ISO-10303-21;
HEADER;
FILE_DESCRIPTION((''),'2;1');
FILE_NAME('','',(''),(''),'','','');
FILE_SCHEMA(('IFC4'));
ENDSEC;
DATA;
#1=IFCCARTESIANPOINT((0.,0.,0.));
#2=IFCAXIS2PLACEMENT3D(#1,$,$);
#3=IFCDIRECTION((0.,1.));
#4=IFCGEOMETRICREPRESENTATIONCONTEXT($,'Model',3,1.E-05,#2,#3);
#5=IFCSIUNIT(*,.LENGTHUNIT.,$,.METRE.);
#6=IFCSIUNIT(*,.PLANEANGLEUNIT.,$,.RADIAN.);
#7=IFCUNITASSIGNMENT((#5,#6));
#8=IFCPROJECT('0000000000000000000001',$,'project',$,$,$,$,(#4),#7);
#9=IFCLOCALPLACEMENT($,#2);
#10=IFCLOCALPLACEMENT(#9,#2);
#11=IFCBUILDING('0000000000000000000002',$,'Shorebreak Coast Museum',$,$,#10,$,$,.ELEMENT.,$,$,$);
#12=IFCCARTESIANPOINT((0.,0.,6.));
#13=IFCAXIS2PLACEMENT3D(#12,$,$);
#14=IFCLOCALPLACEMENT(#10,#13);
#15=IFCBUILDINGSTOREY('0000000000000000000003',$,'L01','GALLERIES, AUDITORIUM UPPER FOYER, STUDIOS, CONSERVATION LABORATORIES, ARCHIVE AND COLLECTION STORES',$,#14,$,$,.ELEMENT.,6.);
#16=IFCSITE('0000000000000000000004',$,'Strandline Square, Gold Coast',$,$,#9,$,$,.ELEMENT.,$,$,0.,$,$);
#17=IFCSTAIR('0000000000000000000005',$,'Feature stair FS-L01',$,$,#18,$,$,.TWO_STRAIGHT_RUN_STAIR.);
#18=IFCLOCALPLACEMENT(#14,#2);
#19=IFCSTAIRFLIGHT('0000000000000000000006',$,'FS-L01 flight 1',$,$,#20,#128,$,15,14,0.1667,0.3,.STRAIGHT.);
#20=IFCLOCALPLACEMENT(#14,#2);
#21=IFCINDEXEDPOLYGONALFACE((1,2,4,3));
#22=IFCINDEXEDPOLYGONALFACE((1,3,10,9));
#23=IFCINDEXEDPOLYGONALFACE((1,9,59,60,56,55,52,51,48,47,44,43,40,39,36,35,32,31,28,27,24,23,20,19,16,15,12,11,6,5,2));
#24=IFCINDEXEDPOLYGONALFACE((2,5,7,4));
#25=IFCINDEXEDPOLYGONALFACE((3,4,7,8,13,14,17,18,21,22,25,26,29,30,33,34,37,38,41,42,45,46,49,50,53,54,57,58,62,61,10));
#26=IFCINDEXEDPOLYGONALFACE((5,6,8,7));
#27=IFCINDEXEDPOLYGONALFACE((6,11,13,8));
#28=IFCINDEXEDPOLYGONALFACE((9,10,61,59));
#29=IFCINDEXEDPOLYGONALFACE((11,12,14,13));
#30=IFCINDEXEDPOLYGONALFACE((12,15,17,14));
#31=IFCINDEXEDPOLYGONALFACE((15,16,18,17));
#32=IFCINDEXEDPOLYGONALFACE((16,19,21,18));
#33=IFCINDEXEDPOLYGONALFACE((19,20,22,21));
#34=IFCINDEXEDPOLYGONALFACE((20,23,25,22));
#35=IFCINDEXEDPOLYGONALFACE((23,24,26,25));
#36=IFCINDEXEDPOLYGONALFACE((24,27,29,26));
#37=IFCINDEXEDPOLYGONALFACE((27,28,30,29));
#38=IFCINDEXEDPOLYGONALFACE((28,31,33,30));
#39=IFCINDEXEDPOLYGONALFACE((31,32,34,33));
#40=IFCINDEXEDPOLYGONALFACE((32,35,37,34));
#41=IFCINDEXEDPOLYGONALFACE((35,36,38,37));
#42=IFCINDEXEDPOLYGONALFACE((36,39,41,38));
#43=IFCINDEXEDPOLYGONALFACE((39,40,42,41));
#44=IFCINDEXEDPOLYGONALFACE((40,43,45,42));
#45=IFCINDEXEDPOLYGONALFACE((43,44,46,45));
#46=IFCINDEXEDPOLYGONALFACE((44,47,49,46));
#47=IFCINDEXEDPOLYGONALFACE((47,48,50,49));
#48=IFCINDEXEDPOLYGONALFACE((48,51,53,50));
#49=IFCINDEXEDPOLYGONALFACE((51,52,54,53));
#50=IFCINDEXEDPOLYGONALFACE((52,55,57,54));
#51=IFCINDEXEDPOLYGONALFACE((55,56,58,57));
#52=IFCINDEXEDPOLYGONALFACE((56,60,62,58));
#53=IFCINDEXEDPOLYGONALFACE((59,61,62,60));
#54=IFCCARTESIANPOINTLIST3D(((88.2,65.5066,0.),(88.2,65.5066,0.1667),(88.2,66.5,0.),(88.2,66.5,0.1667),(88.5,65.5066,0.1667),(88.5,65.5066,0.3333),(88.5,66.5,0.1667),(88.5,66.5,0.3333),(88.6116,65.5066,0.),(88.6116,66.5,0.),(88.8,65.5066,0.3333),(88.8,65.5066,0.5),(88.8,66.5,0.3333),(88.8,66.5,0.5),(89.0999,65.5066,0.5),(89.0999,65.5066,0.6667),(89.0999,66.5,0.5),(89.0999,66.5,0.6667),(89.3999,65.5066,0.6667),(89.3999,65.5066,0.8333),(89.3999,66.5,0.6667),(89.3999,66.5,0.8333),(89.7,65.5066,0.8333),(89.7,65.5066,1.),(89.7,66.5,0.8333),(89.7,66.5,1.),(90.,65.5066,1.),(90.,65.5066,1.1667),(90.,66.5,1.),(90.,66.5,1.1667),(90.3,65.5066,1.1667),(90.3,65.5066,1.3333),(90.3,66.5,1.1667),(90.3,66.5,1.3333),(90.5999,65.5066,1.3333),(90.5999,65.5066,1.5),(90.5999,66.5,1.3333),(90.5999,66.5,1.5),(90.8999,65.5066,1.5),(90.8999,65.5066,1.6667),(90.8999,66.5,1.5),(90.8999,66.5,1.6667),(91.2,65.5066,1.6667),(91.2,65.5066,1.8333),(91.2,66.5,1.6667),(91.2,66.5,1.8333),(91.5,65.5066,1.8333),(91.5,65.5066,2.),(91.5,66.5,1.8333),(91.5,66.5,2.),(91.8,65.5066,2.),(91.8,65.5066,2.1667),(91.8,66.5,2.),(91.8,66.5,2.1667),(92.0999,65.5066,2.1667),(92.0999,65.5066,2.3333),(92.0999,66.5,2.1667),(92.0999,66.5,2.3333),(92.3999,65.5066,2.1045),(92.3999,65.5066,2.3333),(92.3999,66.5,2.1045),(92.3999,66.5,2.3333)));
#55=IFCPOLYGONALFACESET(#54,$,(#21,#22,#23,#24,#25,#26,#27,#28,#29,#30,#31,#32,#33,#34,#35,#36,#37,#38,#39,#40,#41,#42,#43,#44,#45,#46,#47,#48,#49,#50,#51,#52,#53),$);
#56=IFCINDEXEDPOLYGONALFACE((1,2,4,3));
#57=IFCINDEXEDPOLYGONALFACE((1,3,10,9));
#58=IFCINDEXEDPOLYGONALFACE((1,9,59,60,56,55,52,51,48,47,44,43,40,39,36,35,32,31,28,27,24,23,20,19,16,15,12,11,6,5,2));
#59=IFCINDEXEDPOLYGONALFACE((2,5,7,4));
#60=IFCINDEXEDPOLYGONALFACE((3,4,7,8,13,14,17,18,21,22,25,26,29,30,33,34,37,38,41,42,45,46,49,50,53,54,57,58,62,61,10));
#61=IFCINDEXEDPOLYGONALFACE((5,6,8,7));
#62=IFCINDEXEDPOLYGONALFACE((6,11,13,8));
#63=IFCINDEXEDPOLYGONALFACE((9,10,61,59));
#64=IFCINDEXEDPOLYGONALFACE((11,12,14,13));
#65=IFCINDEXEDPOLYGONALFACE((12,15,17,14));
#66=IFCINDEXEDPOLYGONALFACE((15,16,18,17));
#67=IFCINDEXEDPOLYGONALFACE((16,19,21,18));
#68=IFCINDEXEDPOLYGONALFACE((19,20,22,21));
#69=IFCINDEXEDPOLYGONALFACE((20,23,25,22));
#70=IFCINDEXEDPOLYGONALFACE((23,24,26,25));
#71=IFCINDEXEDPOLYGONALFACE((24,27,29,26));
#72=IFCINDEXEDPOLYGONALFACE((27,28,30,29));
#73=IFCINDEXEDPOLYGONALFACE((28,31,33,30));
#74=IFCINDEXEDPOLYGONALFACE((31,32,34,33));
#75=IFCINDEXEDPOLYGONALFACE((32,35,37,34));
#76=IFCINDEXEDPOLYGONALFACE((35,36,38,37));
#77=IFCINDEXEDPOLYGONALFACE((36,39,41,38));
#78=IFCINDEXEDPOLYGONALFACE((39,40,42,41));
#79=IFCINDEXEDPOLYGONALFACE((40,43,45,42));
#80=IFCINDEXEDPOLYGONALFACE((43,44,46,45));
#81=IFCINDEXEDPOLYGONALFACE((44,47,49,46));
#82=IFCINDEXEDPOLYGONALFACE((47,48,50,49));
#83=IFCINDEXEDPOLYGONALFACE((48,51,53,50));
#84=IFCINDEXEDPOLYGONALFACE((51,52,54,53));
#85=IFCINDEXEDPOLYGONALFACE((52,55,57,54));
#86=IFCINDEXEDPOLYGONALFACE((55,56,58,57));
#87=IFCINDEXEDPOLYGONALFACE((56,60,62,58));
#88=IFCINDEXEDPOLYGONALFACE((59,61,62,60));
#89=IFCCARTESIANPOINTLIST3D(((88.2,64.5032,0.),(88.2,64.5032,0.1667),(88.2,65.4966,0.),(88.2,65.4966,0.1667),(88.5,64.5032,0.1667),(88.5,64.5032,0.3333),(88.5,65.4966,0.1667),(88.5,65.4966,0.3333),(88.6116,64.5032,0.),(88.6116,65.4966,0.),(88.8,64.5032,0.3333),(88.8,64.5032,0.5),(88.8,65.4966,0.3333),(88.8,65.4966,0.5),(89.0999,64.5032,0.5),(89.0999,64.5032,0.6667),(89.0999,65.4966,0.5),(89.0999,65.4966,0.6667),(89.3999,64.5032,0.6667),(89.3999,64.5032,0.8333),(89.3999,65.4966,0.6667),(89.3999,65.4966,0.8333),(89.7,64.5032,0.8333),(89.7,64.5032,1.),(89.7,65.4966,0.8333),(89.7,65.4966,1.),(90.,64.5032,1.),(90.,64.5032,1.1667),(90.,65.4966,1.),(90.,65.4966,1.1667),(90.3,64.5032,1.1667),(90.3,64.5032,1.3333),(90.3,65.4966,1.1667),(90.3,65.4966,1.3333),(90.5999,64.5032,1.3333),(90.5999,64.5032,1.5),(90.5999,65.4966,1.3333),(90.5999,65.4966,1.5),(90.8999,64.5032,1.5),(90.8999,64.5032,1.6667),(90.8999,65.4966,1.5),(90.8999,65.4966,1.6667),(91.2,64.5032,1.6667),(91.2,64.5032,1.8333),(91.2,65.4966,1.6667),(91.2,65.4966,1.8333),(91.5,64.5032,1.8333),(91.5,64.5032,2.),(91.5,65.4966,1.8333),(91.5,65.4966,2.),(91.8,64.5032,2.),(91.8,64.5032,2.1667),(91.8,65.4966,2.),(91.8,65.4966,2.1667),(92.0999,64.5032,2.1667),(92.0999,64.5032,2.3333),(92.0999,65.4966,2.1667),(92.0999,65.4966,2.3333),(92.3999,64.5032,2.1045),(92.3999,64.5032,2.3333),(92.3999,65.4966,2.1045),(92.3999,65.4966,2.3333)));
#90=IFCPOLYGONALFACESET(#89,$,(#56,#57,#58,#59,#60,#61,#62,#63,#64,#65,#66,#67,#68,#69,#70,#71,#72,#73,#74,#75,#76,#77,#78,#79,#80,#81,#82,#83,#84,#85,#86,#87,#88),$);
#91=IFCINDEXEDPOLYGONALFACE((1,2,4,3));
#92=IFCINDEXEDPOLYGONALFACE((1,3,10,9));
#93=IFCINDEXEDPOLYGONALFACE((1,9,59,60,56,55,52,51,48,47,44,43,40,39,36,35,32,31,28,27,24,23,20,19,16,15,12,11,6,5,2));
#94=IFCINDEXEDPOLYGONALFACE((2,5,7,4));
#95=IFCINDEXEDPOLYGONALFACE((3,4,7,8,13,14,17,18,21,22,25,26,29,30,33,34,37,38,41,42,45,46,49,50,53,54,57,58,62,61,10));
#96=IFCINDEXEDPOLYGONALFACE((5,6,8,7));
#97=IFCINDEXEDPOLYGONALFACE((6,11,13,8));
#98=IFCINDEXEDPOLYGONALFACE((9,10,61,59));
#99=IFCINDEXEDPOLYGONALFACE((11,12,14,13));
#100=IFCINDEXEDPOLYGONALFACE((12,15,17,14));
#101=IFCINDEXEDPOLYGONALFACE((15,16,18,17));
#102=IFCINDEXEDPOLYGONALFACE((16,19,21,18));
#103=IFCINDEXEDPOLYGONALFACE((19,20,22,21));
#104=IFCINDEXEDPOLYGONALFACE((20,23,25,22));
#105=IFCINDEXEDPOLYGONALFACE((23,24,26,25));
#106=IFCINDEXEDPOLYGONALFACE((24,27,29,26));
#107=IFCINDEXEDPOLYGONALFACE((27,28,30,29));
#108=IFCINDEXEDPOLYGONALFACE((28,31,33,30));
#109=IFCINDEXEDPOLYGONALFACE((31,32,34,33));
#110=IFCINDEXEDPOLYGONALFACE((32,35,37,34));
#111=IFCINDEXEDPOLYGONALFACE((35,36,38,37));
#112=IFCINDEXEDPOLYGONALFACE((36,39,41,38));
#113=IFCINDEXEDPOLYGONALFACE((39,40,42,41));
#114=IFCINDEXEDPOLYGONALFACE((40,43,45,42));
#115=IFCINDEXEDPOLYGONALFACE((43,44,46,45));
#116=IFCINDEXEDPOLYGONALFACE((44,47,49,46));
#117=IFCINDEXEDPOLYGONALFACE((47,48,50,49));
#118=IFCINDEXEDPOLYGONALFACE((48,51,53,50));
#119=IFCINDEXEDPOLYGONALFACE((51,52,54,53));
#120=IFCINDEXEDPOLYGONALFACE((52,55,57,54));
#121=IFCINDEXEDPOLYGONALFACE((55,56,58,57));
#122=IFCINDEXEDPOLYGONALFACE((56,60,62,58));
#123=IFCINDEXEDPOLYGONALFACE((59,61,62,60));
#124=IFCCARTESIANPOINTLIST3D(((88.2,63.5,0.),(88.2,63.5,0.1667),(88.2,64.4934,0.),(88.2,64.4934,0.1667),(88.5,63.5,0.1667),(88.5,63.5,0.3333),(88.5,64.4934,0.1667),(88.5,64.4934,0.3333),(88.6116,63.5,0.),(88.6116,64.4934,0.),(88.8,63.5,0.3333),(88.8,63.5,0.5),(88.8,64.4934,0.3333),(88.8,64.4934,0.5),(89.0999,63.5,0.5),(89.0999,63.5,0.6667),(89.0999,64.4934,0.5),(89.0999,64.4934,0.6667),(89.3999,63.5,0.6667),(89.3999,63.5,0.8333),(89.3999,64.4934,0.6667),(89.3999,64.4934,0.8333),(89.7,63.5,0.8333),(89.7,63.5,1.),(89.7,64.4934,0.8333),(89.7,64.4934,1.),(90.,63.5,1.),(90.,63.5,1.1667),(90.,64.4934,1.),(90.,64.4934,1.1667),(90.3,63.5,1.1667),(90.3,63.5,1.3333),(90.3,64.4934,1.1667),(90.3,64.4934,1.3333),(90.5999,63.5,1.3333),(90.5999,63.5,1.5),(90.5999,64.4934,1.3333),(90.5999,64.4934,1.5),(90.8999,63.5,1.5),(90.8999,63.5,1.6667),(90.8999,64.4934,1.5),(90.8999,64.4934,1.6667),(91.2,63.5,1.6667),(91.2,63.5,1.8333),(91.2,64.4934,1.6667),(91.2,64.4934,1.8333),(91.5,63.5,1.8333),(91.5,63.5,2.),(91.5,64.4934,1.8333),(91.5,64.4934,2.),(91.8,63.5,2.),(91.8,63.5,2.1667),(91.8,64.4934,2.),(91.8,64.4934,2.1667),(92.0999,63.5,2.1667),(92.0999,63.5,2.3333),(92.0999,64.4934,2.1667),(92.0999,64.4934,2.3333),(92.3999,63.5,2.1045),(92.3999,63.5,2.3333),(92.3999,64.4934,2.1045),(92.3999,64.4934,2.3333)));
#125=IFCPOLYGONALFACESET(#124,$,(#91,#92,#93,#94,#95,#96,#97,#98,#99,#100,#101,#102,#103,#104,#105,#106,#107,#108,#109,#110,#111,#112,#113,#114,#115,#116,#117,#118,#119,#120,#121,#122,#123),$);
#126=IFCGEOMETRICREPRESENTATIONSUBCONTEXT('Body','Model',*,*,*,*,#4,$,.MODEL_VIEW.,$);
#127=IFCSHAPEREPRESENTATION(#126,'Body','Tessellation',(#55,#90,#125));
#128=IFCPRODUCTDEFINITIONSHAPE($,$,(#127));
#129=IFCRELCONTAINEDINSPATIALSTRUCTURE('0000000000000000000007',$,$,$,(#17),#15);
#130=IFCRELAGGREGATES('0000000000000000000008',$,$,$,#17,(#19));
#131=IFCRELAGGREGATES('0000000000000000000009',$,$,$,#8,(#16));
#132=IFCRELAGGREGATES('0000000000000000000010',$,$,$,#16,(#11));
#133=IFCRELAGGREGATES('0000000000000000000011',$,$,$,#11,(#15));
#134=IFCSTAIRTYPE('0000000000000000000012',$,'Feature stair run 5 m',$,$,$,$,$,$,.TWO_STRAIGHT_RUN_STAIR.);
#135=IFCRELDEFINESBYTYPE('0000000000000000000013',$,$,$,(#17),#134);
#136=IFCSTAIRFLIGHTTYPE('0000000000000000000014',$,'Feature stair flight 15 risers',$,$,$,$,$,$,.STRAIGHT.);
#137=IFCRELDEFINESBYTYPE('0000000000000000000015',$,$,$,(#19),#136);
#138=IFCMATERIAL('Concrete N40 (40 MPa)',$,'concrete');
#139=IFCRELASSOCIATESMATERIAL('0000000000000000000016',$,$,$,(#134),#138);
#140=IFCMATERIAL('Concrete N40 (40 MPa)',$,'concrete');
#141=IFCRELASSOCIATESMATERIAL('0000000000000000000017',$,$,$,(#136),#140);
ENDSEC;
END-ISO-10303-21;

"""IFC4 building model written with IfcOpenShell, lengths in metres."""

from ifc_helpers import new_model, si_unit, direction, frame, origin, place, context, subcontext, project, spatial, polyline, outline, extrude, material, type_object, element, aggregate, save


model = new_model("IFC4")

# Units and contexts
model_context = context("Model", 3, precision=1e-05, world=origin(), true_north=direction((0.0, 1.0)))
body_context = subcontext(model_context, "Body", "Model", "MODEL_VIEW")
ifc_project = project(units=[si_unit("LENGTHUNIT", "METRE"), si_unit("PLANEANGLEUNIT", "RADIAN")], contexts=[model_context])

# Site, building, storey
site_placement = place(None, origin())
site = spatial("IfcSite", under=ifc_project, at=site_placement, Name="Strandline Square, Gold Coast", CompositionType="ELEMENT", RefElevation=0.0)
building_placement = place(site_placement, origin())
building = spatial("IfcBuilding", under=site, at=building_placement, Name="Shorebreak Coast Museum", CompositionType="ELEMENT")
storey_placement = place(building_placement, frame((0.0, 0.0, 6.0)))
storey = spatial("IfcBuildingStorey", under=building, at=storey_placement, Name="L01", Description="GALLERIES, AUDITORIUM UPPER FOYER, STUDIOS, CONSERVATION LABORATORIES, ARCHIVE AND COLLECTION STORES", CompositionType="ELEMENT", Elevation=6.0)

# Stair, stair flight
ifc_material_1 = material(Name="Concrete N40 (40 MPa)", Category="concrete")
stair_type = type_object("IfcStairType", Name="Feature stair run 5 m", PredefinedType="TWO_STRAIGHT_RUN_STAIR", material=ifc_material_1)
stair_placement = place(storey_placement, origin())
stair = element("IfcStair", 1, at=stair_placement, inside=storey, type_object=stair_type, Name="Feature stair FS-L01", PredefinedType="TWO_STRAIGHT_RUN_STAIR")
ifc_material_2 = material(Name="Concrete N40 (40 MPa)", Category="concrete")
stair_flight_type = type_object("IfcStairFlightType", Name="Feature stair flight 15 risers", PredefinedType="STRAIGHT", material=ifc_material_2)
stair_flight_1_placement = place(storey_placement, frame((88.2, 65.0, 0.0), z_axis=(0.0, 0.0, 1.0), x_axis=(1.0, 0.0, 0.0)))
stair_flight_1 = element("IfcStairFlight", 2, at=stair_flight_1_placement, type_object=stair_flight_type, Name="FS-L01 flight 1", NumberOfRisers=15, NumberOfTreads=14, PredefinedType="STRAIGHT", RiserHeight=0.1667, TreadLength=0.3, context=body_context, shape_type="SweptSolid", body=[
    extrude(outline(polyline([(0.0, 0.0), (0.0, 0.1667), (0.3, 0.1667), (0.3, 0.3333), (0.6001, 0.3333), (0.6001, 0.5), (0.8999, 0.5), (0.8999, 0.6667), (1.2, 0.6667), (1.2, 0.8333), (1.5, 0.8333), (1.5, 1.0), (1.8, 1.0), (1.8, 1.1667), (2.1001, 1.1667), (2.1001, 1.3333), (2.3999, 1.3333), (2.3999, 1.5), (2.7, 1.5), (2.7, 1.6667), (3.0, 1.6667), (3.0, 1.8333), (3.3, 1.8333), (3.3, 2.0), (3.6001, 2.0), (3.6001, 2.1667), (3.8999, 2.1667), (3.8999, 2.3333), (4.2, 2.3333), (4.2, 2.5), (4.2, 2.1045), (0.4116, 0.0), (0.0, 0.0)])), frame((0.0, 1.5, 0.0), z_axis=(0.0, -1.0, 0.0), x_axis=(1.0, 0.0, 0.0)), (0.0, 0.0, 1.0), 0.9934),
    extrude(outline(polyline([(0.0, 0.0), (0.0, 0.1667), (0.3, 0.1667), (0.3, 0.3333), (0.6001, 0.3333), (0.6001, 0.5), (0.8999, 0.5), (0.8999, 0.6667), (1.2, 0.6667), (1.2, 0.8333), (1.5, 0.8333), (1.5, 1.0), (1.8, 1.0), (1.8, 1.1667), (2.1001, 1.1667), (2.1001, 1.3333), (2.3999, 1.3333), (2.3999, 1.5), (2.7, 1.5), (2.7, 1.6667), (3.0, 1.6667), (3.0, 1.8333), (3.3, 1.8333), (3.3, 2.0), (3.6001, 2.0), (3.6001, 2.1667), (3.8999, 2.1667), (3.8999, 2.3333), (4.2, 2.3333), (4.2, 2.5), (4.2, 2.1045), (0.4116, 0.0), (0.0, 0.0)])), frame((0.0, 0.4966, 0.0), z_axis=(0.0, -1.0, 0.0), x_axis=(1.0, 0.0, 0.0)), (0.0, 0.0, 1.0), 0.9934),
    extrude(outline(polyline([(0.0, 0.0), (0.0, 0.1667), (0.3, 0.1667), (0.3, 0.3333), (0.6001, 0.3333), (0.6001, 0.5), (0.8999, 0.5), (0.8999, 0.6667), (1.2, 0.6667), (1.2, 0.8333), (1.5, 0.8333), (1.5, 1.0), (1.8, 1.0), (1.8, 1.1667), (2.1001, 1.1667), (2.1001, 1.3333), (2.3999, 1.3333), (2.3999, 1.5), (2.7, 1.5), (2.7, 1.6667), (3.0, 1.6667), (3.0, 1.8333), (3.3, 1.8333), (3.3, 2.0), (3.6001, 2.0), (3.6001, 2.1667), (3.8999, 2.1667), (3.8999, 2.3333), (4.2, 2.3333), (4.2, 2.5), (4.2, 2.1045), (0.4116, 0.0), (0.0, 0.0)])), frame((0.0, -0.5066, 0.0), z_axis=(0.0, -1.0, 0.0), x_axis=(1.0, 0.0, 0.0)), (0.0, 0.0, 1.0), 0.9934),
])
aggregate(stair, [stair_flight_1])

save(model, "model.ifc")
